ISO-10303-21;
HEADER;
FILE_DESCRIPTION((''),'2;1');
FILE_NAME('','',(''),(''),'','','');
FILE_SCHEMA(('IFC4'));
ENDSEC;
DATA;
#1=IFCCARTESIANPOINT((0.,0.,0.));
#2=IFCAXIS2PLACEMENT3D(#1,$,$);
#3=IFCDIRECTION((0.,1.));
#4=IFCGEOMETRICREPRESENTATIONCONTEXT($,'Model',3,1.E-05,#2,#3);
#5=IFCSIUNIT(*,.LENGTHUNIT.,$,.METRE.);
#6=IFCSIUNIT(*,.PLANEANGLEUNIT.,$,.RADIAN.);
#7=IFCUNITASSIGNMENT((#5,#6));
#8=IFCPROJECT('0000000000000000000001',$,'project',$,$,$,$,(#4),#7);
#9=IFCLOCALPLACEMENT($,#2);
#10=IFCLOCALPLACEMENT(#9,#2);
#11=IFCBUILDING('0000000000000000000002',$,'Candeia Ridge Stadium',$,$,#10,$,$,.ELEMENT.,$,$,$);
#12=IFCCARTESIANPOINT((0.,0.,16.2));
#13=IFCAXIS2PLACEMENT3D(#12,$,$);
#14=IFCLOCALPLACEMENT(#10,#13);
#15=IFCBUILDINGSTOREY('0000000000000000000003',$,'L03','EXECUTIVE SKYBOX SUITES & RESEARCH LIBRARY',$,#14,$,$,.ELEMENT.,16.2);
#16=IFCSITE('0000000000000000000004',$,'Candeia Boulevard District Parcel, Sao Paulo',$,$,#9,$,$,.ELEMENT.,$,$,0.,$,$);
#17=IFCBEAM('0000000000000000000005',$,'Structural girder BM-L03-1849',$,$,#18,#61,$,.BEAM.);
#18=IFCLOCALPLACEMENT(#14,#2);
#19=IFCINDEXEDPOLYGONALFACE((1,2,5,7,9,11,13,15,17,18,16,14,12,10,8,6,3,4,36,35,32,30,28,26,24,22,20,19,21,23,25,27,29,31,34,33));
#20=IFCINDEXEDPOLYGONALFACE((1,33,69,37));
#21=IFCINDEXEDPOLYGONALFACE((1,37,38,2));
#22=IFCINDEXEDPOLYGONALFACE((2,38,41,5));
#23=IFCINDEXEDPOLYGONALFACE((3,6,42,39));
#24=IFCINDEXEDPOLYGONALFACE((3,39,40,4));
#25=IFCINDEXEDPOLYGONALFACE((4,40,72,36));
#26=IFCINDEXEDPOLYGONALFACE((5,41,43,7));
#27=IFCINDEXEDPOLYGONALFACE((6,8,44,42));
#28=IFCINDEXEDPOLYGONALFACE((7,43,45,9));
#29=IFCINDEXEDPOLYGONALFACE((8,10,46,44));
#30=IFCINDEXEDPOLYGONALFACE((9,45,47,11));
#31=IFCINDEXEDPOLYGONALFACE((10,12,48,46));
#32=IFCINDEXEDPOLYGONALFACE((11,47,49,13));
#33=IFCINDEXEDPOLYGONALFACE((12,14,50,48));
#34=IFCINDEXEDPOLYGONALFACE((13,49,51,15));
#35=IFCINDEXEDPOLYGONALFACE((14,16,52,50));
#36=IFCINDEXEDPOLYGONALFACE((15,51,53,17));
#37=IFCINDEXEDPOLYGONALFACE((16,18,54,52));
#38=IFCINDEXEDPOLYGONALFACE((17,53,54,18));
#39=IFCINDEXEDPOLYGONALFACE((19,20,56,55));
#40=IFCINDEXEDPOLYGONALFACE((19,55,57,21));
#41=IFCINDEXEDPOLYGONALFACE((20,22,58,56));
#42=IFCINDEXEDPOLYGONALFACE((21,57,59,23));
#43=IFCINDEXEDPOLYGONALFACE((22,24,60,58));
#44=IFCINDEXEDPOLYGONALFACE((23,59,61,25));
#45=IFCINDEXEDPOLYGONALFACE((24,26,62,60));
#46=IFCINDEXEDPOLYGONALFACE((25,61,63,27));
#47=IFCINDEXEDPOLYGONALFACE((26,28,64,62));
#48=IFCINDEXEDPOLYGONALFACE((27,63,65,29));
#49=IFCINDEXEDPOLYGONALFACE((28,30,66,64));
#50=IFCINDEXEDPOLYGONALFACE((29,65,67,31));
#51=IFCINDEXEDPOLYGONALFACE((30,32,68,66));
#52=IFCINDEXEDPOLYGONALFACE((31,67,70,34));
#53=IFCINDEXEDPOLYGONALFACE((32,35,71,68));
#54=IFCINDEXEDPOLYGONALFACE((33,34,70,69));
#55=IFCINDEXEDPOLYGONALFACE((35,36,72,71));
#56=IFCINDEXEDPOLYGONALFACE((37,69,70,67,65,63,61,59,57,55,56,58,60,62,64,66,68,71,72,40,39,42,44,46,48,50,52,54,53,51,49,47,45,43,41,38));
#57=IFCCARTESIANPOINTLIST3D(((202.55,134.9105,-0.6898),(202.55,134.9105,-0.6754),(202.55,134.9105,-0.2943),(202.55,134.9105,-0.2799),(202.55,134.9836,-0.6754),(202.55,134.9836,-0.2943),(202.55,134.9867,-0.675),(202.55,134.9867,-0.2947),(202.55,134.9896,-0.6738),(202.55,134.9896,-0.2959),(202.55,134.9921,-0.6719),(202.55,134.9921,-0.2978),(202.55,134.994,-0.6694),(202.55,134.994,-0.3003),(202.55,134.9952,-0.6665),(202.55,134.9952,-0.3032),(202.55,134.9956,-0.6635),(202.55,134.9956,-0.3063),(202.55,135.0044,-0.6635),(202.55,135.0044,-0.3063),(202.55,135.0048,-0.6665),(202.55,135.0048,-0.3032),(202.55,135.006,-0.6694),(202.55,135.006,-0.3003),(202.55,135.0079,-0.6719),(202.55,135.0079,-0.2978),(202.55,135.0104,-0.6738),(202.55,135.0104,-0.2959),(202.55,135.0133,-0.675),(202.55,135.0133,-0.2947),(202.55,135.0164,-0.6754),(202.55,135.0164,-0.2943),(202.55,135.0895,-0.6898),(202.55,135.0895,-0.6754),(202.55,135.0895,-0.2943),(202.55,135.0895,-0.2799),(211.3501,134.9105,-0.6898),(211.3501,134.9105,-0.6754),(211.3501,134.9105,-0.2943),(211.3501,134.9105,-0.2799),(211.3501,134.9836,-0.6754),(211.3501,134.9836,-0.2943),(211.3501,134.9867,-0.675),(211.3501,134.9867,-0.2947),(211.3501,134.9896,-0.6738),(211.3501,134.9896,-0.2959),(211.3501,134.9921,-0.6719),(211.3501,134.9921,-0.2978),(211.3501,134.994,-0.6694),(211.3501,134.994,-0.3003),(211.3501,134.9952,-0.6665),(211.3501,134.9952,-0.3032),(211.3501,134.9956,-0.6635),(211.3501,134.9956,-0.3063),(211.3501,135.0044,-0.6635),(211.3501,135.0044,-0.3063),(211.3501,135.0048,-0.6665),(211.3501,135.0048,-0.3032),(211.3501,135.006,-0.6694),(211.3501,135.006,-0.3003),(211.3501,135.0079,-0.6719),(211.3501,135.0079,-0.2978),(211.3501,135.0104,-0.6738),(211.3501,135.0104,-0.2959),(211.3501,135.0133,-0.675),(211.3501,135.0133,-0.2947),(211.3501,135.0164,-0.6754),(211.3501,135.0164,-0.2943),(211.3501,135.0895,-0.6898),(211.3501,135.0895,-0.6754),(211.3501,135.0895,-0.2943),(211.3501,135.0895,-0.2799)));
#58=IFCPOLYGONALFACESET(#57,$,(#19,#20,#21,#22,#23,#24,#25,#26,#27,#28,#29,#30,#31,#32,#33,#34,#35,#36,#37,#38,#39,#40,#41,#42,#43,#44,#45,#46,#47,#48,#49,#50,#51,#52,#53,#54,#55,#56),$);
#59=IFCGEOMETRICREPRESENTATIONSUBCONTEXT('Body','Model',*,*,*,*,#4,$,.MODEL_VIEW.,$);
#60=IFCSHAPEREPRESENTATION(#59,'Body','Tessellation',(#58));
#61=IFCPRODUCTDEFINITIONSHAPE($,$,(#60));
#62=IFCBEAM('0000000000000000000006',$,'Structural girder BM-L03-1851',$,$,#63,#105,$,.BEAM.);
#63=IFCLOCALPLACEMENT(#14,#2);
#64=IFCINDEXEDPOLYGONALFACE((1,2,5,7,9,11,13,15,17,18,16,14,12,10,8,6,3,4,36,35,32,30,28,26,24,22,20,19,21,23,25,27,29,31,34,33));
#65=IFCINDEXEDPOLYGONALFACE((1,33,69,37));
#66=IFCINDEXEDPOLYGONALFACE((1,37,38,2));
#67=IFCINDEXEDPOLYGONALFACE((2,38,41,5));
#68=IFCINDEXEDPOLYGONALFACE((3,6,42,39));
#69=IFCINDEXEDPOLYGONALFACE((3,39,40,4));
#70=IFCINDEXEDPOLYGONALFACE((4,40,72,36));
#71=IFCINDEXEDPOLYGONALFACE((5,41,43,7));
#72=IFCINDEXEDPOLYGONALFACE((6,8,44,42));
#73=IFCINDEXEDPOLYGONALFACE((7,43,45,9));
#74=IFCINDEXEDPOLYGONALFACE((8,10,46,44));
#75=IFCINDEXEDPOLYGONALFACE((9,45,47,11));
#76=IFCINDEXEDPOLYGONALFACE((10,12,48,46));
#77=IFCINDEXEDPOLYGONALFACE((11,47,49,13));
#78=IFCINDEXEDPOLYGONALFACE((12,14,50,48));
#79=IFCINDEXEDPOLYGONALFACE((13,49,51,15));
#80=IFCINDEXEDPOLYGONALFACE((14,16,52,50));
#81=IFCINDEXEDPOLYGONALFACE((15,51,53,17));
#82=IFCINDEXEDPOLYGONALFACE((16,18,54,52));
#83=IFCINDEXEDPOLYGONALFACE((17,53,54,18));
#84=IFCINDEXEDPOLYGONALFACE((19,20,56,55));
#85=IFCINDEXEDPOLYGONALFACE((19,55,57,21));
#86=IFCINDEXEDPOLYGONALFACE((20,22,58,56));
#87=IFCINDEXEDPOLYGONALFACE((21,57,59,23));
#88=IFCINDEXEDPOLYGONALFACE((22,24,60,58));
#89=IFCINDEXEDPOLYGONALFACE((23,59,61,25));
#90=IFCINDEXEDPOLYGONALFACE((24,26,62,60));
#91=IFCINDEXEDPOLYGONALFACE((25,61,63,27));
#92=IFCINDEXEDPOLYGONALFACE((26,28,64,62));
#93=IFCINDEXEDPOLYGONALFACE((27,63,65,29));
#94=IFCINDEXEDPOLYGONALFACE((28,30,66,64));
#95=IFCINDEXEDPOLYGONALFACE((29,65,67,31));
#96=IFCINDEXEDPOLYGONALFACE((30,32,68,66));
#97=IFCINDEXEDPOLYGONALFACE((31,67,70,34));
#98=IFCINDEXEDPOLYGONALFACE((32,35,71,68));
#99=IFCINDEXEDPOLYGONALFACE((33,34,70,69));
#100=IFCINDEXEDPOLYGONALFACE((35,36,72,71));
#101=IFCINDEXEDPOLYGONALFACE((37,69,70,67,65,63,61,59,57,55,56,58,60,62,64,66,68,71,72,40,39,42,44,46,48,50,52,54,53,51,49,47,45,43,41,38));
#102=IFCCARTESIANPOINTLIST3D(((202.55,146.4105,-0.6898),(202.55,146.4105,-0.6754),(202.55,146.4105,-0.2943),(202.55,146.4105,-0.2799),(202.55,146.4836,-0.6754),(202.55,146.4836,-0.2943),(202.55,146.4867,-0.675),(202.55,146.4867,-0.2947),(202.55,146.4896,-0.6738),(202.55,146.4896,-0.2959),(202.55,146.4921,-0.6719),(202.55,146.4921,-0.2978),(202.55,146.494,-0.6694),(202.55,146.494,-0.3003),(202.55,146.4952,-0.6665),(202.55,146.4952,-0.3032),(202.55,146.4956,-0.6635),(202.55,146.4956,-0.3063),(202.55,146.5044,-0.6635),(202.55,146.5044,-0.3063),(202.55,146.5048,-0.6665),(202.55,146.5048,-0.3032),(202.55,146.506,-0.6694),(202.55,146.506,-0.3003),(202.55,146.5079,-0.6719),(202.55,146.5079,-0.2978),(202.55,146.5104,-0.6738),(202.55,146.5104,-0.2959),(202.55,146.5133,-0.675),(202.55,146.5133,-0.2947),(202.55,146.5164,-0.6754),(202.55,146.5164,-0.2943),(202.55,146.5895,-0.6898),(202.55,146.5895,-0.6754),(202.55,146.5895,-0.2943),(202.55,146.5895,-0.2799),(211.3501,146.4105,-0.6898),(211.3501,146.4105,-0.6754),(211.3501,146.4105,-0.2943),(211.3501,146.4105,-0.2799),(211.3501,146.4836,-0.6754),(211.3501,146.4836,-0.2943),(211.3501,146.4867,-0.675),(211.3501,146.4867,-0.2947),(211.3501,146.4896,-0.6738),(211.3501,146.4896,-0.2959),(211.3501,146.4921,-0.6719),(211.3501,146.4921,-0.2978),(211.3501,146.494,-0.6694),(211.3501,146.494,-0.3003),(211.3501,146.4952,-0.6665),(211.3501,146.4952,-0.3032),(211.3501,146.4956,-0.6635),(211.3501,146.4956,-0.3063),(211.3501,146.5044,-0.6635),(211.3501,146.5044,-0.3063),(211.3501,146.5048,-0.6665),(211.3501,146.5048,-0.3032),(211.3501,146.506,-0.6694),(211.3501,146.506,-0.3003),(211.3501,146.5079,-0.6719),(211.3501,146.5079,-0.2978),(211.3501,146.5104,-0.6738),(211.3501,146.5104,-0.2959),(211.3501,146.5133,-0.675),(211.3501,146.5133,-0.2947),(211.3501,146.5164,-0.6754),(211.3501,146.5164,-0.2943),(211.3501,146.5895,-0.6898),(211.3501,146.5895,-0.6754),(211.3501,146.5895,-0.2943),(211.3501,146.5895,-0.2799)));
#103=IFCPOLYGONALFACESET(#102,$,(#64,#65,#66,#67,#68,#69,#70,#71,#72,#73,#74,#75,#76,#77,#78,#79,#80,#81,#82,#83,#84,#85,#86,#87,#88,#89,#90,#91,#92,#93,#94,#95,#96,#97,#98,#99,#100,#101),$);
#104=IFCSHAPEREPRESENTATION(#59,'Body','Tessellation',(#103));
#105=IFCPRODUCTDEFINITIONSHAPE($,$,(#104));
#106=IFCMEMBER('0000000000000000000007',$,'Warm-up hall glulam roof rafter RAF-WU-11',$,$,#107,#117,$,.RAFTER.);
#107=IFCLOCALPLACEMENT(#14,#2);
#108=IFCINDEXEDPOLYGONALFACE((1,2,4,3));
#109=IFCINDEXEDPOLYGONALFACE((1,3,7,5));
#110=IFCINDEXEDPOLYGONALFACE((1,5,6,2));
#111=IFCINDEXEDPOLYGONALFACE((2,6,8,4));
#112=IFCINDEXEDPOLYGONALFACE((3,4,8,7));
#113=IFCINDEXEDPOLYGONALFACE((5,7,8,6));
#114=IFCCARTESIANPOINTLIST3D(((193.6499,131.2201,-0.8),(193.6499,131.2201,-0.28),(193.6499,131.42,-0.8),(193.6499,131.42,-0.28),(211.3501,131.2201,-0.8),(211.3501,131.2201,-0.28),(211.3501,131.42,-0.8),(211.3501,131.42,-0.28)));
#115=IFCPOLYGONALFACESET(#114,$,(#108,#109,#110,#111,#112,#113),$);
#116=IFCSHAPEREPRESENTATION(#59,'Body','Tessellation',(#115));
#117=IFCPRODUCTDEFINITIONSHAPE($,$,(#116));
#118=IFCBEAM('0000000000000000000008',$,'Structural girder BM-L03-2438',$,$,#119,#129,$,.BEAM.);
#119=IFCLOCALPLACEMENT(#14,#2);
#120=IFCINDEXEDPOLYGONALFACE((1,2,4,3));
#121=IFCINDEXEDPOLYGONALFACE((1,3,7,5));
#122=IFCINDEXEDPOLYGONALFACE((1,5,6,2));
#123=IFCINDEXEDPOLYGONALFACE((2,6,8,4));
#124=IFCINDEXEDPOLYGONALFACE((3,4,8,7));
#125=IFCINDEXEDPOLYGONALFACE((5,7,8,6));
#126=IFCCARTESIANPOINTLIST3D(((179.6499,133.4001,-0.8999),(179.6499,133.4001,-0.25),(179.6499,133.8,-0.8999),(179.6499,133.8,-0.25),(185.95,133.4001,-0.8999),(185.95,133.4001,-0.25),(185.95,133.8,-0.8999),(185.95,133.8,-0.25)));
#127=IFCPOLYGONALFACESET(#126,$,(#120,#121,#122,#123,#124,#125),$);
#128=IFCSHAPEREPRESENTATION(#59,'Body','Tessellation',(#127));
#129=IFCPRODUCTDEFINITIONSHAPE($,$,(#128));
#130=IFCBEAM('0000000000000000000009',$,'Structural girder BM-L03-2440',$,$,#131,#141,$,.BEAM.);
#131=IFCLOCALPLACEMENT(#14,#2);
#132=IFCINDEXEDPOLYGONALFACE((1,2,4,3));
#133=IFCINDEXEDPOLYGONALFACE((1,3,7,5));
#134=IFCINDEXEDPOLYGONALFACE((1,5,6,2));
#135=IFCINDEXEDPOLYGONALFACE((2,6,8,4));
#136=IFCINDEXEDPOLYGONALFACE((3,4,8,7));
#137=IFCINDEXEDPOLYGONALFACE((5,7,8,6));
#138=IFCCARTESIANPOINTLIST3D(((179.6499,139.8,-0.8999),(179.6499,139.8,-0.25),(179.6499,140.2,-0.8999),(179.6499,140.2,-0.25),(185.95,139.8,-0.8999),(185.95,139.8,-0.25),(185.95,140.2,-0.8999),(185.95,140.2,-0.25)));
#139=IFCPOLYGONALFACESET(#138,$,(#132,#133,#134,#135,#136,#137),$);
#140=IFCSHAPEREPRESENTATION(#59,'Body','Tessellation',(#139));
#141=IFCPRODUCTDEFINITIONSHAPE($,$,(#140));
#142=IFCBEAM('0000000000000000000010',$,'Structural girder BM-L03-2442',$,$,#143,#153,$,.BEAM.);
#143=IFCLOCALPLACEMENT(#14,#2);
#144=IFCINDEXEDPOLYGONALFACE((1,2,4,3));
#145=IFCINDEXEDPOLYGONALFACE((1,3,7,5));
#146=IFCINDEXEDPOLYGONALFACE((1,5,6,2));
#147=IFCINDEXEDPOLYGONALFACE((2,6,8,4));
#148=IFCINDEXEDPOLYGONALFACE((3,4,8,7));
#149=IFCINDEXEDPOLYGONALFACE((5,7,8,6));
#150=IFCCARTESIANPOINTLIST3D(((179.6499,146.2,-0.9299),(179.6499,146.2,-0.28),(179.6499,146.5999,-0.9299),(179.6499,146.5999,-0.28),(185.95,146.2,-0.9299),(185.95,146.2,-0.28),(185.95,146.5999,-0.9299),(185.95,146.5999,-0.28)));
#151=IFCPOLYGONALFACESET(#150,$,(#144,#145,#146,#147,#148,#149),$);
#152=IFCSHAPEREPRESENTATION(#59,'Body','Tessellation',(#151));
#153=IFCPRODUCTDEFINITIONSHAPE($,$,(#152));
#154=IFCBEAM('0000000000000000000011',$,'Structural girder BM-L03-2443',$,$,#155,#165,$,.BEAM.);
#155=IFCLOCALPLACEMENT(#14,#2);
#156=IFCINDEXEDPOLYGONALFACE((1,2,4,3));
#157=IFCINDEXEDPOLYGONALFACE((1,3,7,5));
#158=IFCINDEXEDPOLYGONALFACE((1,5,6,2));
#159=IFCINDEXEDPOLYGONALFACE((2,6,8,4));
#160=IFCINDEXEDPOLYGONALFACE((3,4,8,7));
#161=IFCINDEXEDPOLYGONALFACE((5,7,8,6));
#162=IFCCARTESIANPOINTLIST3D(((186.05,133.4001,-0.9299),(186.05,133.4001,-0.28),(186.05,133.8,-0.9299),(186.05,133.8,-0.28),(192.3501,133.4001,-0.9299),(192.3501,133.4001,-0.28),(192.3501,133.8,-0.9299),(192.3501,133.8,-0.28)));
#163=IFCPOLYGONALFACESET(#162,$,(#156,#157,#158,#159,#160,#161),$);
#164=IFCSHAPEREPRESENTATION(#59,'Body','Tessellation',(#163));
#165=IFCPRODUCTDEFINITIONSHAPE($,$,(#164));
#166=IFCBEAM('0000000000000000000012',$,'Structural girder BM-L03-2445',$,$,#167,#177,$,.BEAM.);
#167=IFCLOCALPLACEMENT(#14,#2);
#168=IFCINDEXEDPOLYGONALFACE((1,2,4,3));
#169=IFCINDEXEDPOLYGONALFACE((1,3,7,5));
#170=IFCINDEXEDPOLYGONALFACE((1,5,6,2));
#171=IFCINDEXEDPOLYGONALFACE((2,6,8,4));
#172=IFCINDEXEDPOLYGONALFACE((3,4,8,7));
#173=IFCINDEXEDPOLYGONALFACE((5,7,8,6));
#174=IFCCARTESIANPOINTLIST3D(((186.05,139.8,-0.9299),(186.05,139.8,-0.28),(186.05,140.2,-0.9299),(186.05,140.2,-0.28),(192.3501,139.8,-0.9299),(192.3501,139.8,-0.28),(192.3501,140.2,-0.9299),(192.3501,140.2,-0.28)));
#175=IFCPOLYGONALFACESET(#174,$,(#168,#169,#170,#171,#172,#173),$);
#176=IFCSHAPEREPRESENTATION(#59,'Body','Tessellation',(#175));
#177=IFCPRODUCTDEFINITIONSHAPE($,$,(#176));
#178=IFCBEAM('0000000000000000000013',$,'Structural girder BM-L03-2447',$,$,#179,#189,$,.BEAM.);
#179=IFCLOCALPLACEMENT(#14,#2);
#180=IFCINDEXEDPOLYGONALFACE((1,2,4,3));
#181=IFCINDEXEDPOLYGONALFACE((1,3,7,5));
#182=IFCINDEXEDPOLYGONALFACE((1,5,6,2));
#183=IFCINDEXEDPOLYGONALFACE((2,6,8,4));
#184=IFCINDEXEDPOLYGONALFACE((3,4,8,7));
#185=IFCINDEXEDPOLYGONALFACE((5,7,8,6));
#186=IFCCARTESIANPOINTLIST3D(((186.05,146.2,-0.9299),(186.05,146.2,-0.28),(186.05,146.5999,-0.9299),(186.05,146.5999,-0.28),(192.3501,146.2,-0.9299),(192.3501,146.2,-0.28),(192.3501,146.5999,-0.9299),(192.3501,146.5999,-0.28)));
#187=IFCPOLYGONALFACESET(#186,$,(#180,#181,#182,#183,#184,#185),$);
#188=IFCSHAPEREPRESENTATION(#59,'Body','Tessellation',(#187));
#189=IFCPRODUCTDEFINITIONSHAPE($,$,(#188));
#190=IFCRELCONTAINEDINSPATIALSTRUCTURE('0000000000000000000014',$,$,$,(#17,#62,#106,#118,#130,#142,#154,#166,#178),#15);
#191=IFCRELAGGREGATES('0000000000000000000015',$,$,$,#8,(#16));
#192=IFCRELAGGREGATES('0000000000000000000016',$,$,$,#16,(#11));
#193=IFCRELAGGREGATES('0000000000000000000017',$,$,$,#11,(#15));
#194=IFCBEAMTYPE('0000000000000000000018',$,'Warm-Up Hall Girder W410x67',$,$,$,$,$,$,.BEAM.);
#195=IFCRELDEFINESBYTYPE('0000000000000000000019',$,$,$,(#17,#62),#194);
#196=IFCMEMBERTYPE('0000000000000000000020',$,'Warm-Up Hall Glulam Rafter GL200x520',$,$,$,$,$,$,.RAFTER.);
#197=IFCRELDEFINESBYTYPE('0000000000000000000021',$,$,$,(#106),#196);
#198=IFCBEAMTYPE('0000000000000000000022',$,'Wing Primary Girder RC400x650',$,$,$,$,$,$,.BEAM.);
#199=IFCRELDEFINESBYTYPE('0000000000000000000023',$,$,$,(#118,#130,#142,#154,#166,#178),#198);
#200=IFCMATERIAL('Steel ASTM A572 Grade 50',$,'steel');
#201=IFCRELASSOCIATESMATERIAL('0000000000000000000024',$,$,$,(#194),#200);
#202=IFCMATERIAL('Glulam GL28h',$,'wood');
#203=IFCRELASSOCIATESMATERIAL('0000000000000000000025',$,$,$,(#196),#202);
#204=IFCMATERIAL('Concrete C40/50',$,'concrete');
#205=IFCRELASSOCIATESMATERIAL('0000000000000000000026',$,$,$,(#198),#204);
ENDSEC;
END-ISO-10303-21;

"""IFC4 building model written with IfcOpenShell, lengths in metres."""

from ifc_helpers import new_model, si_unit, direction, frame, origin, origin_2d, place, context, subcontext, project, spatial, rectangle, i_section, extrude, material, material_profile, profile_set, type_object, element, save


model = new_model("IFC4")

# Units and contexts
model_context = context("Model", 3, precision=1e-05, world=origin(), true_north=direction((0.0, 1.0)))
body_context = subcontext(model_context, "Body", "Model", "MODEL_VIEW")
ifc_project = project(units=[si_unit("LENGTHUNIT", "METRE"), si_unit("PLANEANGLEUNIT", "RADIAN")], contexts=[model_context])

# Site, building, storey
site_placement = place(None, origin())
site = spatial("IfcSite", under=ifc_project, at=site_placement, Name="Candeia Boulevard District Parcel, Sao Paulo", CompositionType="ELEMENT", RefElevation=0.0)
building_placement = place(site_placement, origin())
building = spatial("IfcBuilding", under=site, at=building_placement, Name="Candeia Ridge Stadium", CompositionType="ELEMENT")
storey_placement = place(building_placement, frame((0.0, 0.0, 16.2)))
storey = spatial("IfcBuildingStorey", under=building, at=storey_placement, Name="L03", Description="EXECUTIVE SKYBOX SUITES & RESEARCH LIBRARY", CompositionType="ELEMENT", Elevation=16.2)

# Shared definitions
ifc_material_1 = material(Name="Concrete C40/50", Category="concrete")

# Beams
ifc_material_2 = material(Name="Steel ASTM A572 Grade 50", Category="steel")
ifc_material_profile_1 = material_profile(ifc_material_2, i_section(OverallWidth=0.179, OverallDepth=0.4099, WebThickness=0.0088, FlangeThickness=0.0144, FilletRadius=0.012, at=origin_2d()), Name="W410x67", Category="steel")
ifc_profile_set_1 = profile_set([ifc_material_profile_1], Name="Steel ASTM A572 Grade 50")
beam_type_1 = type_object("IfcBeamType", Name="Warm-Up Hall Girder W410x67", PredefinedType="BEAM", material=ifc_profile_set_1)
for number, where, z_axis, x_axis, name in (
    (1, (202.55, 135.0, -0.4849), (1.0, 0.0, 0.0), (0.0, 1.0, 0.0), "Structural girder BM-L03-1849"),
    (2, (202.55, 146.5, -0.4849), (1.0, 0.0, 0.0), (0.0, 1.0, 0.0), "Structural girder BM-L03-1851"),
):
    element("IfcBeam", number, at=place(storey_placement, frame(where, z_axis=z_axis, x_axis=x_axis)), inside=storey, type_object=beam_type_1, Name=name, PredefinedType="BEAM", context=body_context, shape_type="SweptSolid", body=[
        extrude(i_section(OverallWidth=0.179, OverallDepth=0.4099, WebThickness=0.0088, FlangeThickness=0.0144, FilletRadius=0.012, at=origin_2d()), origin(), (0.0, 0.0, 1.0), 8.8),
    ])

# Member
ifc_material_3 = material(Name="Glulam GL28h", Category="wood")
ifc_material_profile_2 = material_profile(ifc_material_3, rectangle(XDim=0.2, YDim=0.52, at=origin_2d()), Name="GL200x520", Category="wood")
ifc_profile_set_2 = profile_set([ifc_material_profile_2], Name="Glulam GL28h")
member_type_1 = type_object("IfcMemberType", Name="Warm-Up Hall Glulam Rafter GL200x520", PredefinedType="RAFTER", material=ifc_profile_set_2)
member_1_placement = place(storey_placement, frame((193.6499, 131.3201, -0.54), z_axis=(1.0, 0.0, 0.0), x_axis=(0.0, 1.0, 0.0)))
element("IfcMember", 3, at=member_1_placement, inside=storey, type_object=member_type_1, Name="Warm-up hall glulam roof rafter RAF-WU-11", PredefinedType="RAFTER", context=body_context, shape_type="SweptSolid", body=[
    extrude(rectangle(XDim=0.2, YDim=0.52, at=origin_2d()), origin(), (0.0, 0.0, 1.0), 17.7002),
])

# Beams
ifc_material_profile_3 = material_profile(ifc_material_1, rectangle(XDim=0.3999, YDim=0.6499, at=origin_2d()), Name="RC400x650", Category="concrete")
ifc_profile_set_3 = profile_set([ifc_material_profile_3], Name="Concrete C40/50")
beam_type_2 = type_object("IfcBeamType", Name="Wing Primary Girder RC400x650", PredefinedType="BEAM", material=ifc_profile_set_3)
for number, where, z_axis, x_axis, name in (
    (4, (179.6499, 133.6001, -0.575), (1.0, 0.0, 0.0), (0.0, 1.0, 0.0), "Structural girder BM-L03-2438"),
    (5, (179.6499, 140.0, -0.575), (1.0, 0.0, 0.0), (0.0, 1.0, 0.0), "Structural girder BM-L03-2440"),
    (6, (179.6499, 146.3999, -0.605), (1.0, 0.0, 0.0), (0.0, 1.0, 0.0), "Structural girder BM-L03-2442"),
    (7, (186.05, 133.6001, -0.605), (1.0, 0.0, 0.0), (0.0, 1.0, 0.0), "Structural girder BM-L03-2443"),
    (8, (186.05, 140.0, -0.605), (1.0, 0.0, 0.0), (0.0, 1.0, 0.0), "Structural girder BM-L03-2445"),
    (9, (186.05, 146.3999, -0.605), (1.0, 0.0, 0.0), (0.0, 1.0, 0.0), "Structural girder BM-L03-2447"),
):
    element("IfcBeam", number, at=place(storey_placement, frame(where, z_axis=z_axis, x_axis=x_axis)), inside=storey, type_object=beam_type_2, Name=name, PredefinedType="BEAM", context=body_context, shape_type="SweptSolid", body=[
        extrude(rectangle(XDim=0.3999, YDim=0.6499, at=origin_2d()), origin(), (0.0, 0.0, 1.0), 6.3),
    ])

save(model, "model.ifc")
